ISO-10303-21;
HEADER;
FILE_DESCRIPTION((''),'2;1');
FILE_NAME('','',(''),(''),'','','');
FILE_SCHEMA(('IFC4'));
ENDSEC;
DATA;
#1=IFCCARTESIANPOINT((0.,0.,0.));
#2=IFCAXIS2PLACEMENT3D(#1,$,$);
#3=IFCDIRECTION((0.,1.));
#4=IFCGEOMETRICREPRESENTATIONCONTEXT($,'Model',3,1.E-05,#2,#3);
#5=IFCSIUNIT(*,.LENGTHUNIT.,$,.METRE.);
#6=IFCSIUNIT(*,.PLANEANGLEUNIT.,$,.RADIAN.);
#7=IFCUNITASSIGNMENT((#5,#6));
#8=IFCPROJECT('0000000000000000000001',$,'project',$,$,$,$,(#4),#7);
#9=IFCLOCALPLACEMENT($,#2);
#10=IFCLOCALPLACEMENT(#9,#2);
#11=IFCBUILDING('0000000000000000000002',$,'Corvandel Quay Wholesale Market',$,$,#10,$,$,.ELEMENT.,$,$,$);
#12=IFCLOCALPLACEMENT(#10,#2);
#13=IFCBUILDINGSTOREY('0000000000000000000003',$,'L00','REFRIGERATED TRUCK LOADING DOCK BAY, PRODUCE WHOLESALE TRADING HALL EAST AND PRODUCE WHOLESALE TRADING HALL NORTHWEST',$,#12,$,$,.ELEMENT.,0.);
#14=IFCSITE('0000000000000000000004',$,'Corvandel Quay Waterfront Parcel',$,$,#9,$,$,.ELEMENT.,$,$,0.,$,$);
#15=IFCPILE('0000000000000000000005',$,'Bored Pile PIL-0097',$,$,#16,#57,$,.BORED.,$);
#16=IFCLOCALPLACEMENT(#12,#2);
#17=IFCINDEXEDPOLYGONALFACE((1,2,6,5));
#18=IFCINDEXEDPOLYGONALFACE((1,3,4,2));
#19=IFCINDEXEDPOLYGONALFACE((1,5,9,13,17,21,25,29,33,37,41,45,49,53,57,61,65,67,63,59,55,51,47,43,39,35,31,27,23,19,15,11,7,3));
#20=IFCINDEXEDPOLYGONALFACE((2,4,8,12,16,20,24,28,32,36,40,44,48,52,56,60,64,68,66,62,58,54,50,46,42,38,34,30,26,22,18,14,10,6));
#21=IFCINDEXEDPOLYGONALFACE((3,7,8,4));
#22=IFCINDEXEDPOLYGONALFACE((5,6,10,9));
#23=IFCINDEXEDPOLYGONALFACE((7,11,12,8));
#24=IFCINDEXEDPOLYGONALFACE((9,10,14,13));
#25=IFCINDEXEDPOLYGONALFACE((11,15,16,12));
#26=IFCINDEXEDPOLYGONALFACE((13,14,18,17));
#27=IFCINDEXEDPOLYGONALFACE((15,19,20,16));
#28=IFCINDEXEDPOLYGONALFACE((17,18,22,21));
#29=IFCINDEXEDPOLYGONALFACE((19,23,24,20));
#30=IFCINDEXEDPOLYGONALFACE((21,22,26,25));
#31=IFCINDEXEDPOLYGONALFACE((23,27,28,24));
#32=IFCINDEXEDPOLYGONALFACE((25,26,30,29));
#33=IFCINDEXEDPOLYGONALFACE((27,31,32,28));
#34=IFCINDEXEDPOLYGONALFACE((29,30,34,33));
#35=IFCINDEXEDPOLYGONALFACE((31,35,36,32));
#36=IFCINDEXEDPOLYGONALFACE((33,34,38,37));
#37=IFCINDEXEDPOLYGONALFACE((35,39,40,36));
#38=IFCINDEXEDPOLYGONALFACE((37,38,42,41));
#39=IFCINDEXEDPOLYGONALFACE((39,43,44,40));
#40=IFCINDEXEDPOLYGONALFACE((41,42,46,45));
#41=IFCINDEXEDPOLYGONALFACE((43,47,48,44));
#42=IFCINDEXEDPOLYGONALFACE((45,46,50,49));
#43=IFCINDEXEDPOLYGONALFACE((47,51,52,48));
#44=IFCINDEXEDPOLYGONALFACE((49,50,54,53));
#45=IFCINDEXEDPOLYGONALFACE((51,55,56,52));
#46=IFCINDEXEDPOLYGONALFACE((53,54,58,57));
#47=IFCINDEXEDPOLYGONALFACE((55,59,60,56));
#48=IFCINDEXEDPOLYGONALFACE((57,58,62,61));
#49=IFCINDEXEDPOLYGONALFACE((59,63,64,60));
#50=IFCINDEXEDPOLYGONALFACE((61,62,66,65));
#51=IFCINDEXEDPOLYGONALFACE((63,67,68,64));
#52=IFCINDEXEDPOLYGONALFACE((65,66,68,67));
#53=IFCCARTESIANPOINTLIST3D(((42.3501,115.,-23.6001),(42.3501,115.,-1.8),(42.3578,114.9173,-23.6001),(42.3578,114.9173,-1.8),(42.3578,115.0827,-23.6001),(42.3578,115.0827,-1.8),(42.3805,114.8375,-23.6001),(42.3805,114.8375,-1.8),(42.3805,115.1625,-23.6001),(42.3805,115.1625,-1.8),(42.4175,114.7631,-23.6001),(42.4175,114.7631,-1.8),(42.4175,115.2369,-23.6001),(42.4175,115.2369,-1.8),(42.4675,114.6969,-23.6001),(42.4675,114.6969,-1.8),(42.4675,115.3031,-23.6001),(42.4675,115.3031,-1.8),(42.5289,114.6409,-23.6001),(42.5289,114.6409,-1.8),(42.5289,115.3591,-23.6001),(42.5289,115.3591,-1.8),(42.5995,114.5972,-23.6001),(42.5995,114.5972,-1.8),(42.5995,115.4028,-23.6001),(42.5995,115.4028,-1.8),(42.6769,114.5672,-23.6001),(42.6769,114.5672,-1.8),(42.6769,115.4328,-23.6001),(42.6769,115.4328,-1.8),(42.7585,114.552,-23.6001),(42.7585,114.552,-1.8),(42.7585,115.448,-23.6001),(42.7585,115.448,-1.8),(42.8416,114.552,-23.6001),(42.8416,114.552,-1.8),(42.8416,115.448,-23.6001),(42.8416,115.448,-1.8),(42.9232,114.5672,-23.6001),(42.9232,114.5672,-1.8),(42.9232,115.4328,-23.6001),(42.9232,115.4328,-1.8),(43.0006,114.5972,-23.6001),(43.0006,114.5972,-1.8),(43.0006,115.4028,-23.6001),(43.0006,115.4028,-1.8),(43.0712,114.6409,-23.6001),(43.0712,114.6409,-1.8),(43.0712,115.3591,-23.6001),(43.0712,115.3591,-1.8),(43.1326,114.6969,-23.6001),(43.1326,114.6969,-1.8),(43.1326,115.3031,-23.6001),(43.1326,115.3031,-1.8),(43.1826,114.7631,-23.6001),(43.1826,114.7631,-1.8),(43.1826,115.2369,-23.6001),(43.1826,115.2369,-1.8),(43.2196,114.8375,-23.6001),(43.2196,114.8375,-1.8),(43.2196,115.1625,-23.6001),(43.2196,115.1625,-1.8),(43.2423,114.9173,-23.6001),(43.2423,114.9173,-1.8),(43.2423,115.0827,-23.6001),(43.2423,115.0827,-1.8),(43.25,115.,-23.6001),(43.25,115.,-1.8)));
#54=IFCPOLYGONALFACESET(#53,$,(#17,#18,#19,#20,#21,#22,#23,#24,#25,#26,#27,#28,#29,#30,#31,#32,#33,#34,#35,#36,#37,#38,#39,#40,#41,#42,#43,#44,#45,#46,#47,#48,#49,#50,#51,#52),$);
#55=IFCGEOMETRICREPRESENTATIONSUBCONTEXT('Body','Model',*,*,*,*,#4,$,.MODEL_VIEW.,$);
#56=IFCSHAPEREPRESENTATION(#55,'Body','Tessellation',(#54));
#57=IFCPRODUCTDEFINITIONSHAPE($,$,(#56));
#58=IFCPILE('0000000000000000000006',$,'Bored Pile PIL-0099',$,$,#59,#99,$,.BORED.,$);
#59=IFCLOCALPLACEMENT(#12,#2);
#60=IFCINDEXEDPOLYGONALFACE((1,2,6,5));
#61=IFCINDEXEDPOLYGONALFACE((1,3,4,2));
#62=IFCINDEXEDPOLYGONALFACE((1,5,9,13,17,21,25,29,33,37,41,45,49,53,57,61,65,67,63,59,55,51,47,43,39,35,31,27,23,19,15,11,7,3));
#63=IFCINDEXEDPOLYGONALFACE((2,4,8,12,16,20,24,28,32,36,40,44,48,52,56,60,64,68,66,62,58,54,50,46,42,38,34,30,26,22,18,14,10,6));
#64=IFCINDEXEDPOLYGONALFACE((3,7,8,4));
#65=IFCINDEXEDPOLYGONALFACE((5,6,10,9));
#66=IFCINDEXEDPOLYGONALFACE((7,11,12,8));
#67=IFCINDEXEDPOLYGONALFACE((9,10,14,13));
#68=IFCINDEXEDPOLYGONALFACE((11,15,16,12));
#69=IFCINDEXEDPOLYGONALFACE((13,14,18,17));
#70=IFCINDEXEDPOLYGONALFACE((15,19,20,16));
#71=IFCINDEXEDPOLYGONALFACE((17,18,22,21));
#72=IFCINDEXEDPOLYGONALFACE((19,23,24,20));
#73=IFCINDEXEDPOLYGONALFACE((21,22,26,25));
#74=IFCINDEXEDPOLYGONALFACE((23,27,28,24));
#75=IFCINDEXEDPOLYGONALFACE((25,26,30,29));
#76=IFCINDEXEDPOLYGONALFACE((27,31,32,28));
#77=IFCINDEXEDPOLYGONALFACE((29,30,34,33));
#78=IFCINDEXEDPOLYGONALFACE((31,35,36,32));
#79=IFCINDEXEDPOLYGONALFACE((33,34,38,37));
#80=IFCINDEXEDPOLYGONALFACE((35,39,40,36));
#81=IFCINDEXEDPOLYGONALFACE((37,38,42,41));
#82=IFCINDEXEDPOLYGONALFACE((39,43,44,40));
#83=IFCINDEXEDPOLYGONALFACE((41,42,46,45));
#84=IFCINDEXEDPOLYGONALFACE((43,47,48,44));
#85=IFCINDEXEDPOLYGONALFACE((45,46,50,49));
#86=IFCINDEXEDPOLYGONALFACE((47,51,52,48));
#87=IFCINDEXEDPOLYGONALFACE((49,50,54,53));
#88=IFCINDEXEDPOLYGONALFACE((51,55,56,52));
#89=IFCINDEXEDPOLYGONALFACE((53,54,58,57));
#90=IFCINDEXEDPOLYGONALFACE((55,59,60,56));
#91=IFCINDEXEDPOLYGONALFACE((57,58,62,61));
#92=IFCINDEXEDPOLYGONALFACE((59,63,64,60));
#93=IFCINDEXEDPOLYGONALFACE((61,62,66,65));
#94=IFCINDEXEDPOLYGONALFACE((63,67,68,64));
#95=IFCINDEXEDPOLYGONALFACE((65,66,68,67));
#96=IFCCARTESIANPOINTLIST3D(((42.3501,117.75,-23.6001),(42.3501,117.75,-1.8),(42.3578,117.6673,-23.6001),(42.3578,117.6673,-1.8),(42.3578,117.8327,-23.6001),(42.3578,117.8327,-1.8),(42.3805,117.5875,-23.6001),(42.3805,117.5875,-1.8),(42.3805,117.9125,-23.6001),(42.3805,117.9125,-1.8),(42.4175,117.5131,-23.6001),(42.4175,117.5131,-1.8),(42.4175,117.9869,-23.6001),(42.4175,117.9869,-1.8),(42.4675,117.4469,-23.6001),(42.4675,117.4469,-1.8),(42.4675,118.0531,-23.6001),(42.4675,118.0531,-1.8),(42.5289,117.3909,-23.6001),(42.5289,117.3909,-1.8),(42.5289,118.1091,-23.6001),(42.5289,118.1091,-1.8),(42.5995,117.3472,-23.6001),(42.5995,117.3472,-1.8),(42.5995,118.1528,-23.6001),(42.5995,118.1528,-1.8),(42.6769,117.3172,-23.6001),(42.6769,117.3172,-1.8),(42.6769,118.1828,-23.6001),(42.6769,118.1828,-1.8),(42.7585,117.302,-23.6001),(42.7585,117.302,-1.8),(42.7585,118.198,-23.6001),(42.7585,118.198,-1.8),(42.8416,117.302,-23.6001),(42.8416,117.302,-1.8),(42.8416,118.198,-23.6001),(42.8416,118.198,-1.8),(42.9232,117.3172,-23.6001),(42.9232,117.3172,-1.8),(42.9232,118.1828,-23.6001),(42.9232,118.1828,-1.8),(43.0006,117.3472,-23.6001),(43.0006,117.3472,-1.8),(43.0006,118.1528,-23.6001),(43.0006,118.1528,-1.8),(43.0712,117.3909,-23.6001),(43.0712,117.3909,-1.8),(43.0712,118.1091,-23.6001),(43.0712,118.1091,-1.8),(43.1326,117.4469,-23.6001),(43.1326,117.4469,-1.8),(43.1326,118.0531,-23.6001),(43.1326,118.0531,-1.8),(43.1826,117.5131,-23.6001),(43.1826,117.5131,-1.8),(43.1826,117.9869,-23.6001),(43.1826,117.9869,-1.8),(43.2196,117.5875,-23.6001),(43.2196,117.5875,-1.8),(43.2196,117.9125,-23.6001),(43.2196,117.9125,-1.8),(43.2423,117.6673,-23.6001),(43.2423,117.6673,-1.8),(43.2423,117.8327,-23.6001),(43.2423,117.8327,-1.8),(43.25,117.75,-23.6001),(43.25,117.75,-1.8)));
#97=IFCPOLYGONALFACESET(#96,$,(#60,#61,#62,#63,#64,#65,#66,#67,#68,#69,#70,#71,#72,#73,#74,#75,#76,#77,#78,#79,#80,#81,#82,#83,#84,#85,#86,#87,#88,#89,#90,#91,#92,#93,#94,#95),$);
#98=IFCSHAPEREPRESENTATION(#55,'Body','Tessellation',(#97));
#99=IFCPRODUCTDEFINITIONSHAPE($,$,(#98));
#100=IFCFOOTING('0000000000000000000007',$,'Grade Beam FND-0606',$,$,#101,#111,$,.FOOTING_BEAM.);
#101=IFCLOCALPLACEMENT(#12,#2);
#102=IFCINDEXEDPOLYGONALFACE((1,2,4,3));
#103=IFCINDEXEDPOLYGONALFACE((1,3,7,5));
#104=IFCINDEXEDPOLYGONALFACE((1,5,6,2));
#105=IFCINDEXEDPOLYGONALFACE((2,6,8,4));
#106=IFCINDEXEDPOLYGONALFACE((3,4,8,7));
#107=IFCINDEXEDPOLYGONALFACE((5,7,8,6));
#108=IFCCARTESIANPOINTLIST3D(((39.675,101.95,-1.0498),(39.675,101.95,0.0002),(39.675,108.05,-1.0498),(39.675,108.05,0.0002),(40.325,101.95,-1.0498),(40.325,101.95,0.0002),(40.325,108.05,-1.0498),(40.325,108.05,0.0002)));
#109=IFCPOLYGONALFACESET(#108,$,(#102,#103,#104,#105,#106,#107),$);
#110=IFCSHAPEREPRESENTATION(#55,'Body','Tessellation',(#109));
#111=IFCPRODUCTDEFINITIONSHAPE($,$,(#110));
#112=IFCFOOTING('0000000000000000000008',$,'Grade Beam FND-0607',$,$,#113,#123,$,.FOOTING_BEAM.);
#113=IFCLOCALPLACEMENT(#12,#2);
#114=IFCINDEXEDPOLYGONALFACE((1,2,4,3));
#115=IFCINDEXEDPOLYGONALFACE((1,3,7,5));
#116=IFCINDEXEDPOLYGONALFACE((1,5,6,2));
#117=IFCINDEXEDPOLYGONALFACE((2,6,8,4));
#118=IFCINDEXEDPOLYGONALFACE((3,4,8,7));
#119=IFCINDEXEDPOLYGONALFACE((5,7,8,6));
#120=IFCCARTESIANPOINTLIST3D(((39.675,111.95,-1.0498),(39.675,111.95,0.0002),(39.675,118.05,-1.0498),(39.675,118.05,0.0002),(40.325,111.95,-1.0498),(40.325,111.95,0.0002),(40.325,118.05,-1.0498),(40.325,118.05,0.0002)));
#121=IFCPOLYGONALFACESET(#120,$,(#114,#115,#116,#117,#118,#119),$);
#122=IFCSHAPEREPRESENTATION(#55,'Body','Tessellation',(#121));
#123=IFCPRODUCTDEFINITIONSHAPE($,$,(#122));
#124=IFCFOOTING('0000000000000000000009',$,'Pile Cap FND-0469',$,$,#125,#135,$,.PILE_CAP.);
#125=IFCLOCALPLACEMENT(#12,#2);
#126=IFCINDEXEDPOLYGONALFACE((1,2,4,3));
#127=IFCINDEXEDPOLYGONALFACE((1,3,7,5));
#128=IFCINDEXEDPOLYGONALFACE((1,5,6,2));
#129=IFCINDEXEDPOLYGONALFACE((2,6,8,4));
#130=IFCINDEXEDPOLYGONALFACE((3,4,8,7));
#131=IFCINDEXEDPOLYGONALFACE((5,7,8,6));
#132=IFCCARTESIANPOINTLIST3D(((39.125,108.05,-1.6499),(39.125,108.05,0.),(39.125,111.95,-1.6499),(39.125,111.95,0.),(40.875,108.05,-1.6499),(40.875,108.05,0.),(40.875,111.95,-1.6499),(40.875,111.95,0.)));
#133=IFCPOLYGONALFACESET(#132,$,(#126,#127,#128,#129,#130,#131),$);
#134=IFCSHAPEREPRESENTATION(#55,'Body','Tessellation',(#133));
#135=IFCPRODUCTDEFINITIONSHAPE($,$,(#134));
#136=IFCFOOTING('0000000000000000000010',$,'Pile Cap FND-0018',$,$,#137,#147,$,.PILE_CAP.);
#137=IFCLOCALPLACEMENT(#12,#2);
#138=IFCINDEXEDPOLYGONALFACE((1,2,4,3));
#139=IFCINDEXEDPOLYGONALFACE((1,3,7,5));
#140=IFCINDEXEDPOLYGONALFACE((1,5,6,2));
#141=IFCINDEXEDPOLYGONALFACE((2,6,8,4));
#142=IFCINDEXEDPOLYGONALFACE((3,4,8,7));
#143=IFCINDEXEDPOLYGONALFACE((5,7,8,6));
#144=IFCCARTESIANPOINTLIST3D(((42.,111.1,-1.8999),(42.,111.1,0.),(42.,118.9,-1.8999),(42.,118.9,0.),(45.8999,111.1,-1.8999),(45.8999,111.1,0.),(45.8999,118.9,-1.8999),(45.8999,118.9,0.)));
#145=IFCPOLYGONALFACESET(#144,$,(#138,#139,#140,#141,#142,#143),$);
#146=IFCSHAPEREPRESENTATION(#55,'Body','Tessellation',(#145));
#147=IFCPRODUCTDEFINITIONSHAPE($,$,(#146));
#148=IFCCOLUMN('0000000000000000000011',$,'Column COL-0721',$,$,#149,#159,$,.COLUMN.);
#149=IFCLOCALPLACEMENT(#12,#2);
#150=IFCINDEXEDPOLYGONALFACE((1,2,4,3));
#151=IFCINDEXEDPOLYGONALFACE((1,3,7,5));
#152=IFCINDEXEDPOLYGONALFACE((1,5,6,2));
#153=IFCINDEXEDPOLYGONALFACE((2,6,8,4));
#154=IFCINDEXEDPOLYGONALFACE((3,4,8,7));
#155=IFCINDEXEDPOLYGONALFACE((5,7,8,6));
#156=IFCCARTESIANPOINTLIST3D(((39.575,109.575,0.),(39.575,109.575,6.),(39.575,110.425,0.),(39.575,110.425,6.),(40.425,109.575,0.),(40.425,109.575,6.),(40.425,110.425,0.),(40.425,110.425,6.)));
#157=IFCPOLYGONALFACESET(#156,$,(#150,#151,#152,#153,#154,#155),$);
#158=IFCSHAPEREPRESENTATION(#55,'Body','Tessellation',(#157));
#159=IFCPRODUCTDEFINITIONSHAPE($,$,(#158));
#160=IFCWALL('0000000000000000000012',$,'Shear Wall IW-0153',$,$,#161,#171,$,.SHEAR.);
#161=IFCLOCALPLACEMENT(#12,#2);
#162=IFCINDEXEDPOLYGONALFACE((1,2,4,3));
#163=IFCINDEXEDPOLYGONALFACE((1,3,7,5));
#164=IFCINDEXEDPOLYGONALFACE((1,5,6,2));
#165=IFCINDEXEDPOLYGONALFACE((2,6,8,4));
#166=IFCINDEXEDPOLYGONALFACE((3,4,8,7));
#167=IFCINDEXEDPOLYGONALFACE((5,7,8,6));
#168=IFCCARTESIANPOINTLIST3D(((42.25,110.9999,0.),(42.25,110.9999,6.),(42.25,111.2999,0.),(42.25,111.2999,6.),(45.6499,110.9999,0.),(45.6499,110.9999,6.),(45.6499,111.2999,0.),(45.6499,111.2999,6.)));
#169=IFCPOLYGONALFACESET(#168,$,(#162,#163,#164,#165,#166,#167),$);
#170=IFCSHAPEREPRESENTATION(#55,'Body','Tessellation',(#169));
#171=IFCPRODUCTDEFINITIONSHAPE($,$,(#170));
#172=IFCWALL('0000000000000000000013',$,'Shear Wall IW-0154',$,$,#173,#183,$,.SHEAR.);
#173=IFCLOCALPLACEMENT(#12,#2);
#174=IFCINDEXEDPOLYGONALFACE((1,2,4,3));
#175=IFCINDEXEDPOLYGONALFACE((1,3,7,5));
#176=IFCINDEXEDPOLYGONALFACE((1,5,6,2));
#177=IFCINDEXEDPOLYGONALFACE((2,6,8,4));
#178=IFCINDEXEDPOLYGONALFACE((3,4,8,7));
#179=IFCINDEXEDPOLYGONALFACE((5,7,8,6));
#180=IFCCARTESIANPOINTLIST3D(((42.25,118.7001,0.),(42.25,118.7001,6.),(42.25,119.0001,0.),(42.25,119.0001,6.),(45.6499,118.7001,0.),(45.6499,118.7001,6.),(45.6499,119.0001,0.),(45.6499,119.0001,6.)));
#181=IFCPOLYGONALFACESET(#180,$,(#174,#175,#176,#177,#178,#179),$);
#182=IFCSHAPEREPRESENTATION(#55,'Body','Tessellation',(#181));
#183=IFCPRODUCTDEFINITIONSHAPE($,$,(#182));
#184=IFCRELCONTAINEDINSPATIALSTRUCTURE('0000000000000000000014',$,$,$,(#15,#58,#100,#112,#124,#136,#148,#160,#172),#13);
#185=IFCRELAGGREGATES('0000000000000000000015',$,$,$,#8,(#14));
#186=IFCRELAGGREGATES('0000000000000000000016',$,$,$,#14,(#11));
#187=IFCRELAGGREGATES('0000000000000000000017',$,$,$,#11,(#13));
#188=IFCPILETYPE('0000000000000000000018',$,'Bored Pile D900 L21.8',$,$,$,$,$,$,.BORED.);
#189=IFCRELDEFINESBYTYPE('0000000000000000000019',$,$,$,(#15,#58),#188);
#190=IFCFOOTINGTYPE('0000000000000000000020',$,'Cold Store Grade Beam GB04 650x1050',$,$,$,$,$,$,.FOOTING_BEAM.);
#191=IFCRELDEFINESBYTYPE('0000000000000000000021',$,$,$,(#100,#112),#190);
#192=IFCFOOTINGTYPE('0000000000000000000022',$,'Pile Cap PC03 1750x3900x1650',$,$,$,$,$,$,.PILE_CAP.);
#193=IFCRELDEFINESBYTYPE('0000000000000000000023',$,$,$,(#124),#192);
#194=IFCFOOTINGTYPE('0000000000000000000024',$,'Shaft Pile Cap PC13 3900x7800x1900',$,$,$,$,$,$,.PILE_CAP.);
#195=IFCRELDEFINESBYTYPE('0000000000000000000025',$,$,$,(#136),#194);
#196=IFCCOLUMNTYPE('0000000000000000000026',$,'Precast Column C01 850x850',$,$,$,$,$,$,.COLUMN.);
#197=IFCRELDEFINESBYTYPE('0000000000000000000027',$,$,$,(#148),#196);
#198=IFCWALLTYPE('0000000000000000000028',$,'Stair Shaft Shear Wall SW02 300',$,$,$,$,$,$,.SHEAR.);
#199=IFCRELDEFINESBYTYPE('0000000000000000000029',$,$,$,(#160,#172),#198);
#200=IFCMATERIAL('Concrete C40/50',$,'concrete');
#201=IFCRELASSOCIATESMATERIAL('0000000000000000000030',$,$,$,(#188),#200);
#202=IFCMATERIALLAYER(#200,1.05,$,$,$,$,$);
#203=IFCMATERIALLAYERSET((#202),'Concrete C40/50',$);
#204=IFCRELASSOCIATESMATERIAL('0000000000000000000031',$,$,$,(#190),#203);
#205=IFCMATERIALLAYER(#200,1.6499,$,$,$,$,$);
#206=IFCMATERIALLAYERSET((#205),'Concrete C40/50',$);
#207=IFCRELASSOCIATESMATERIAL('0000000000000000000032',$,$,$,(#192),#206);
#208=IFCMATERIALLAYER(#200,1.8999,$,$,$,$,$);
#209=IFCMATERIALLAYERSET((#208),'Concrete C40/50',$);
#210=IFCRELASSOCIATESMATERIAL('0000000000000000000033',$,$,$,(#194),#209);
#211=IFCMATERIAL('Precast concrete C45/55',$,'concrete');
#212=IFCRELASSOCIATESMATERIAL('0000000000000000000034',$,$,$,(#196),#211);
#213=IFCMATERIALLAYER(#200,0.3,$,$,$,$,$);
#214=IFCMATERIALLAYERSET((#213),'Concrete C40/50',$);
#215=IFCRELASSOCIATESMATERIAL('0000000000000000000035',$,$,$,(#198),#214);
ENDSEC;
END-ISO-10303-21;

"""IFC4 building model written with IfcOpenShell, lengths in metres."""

from ifc_helpers import new_model, si_unit, direction, frame, frame_2d, origin, origin_2d, place, context, subcontext, project, spatial, rectangle, circle, extrude, material, layer, layer_set, material_profile, profile_set, type_object, element, save


model = new_model("IFC4")

# Units and contexts
model_context = context("Model", 3, precision=1e-05, world=origin(), true_north=direction((0.0, 1.0)))
body_context = subcontext(model_context, "Body", "Model", "MODEL_VIEW")
ifc_project = project(units=[si_unit("LENGTHUNIT", "METRE"), si_unit("PLANEANGLEUNIT", "RADIAN")], contexts=[model_context])

# Site, building, storey
site_placement = place(None, origin())
site = spatial("IfcSite", under=ifc_project, at=site_placement, Name="Corvandel Quay Waterfront Parcel", CompositionType="ELEMENT", RefElevation=0.0)
building_placement = place(site_placement, origin())
building = spatial("IfcBuilding", under=site, at=building_placement, Name="Corvandel Quay Wholesale Market", CompositionType="ELEMENT")
storey_placement = place(building_placement, origin())
storey = spatial("IfcBuildingStorey", under=building, at=storey_placement, Name="L00", Description="REFRIGERATED TRUCK LOADING DOCK BAY, PRODUCE WHOLESALE TRADING HALL EAST AND PRODUCE WHOLESALE TRADING HALL NORTHWEST", CompositionType="ELEMENT", Elevation=0.0)

# Piles
ifc_material_1 = material(Name="Concrete C40/50", Category="concrete")
ifc_material_profile_1 = material_profile(ifc_material_1, circle(Radius=0.45, at=origin_2d()), Name="RC-PILE-D900")
ifc_profile_set_1 = profile_set([ifc_material_profile_1], Name="Concrete C40/50")
pile_type_1 = type_object("IfcPileType", Name="Bored Pile D900 L21.8", PredefinedType="BORED", material=ifc_profile_set_1)
for number, where, z_axis, x_axis, name in (
    (1, (42.8, 115.0, -1.8), (0.0, 0.0, -1.0), (1.0, 0.0, 0.0), "Bored Pile PIL-0097"),
    (2, (42.8, 117.75, -1.8), (0.0, 0.0, -1.0), (1.0, 0.0, 0.0), "Bored Pile PIL-0099"),
):
    element("IfcPile", number, at=place(storey_placement, frame(where, z_axis=z_axis, x_axis=x_axis)), inside=storey, type_object=pile_type_1, Name=name, PredefinedType="BORED", context=body_context, shape_type="SweptSolid", body=[
        extrude(circle(Radius=0.45, at=origin_2d()), origin(), (0.0, 0.0, 1.0), 21.8),
    ])

# Footings
ifc_layer_1 = layer(ifc_material_1, 1.05)
ifc_layer_set_1 = layer_set([ifc_layer_1], Name="Concrete C40/50")
footing_type_1 = type_object("IfcFootingType", Name="Cold Store Grade Beam GB04 650x1050", PredefinedType="FOOTING_BEAM", material=ifc_layer_set_1)
for number, where, z_axis, x_axis, name in (
    (3, (40.0, 105.0, -1.0498), (0.0, 0.0, 1.0), (0.0, 1.0, 0.0), "Grade Beam FND-0606"),
    (4, (40.0, 115.0, -1.0498), (0.0, 0.0, 1.0), (0.0, 1.0, 0.0), "Grade Beam FND-0607"),
):
    element("IfcFooting", number, at=place(storey_placement, frame(where, z_axis=z_axis, x_axis=x_axis)), inside=storey, type_object=footing_type_1, Name=name, PredefinedType="FOOTING_BEAM", context=body_context, shape_type="SweptSolid", body=[
        extrude(rectangle(XDim=6.1001, YDim=0.6499, at=origin_2d()), origin(), (0.0, 0.0, 1.0), 1.05),
    ])
ifc_layer_2 = layer(ifc_material_1, 1.6499)
ifc_layer_set_2 = layer_set([ifc_layer_2], Name="Concrete C40/50")
footing_type_2 = type_object("IfcFootingType", Name="Pile Cap PC03 1750x3900x1650", PredefinedType="PILE_CAP", material=ifc_layer_set_2)
footing_1_placement = place(storey_placement, frame((40.0, 110.0, -1.6499), z_axis=(0.0, 0.0, 1.0), x_axis=(1.0, 0.0, 0.0)))
element("IfcFooting", 5, at=footing_1_placement, inside=storey, type_object=footing_type_2, Name="Pile Cap FND-0469", PredefinedType="PILE_CAP", context=body_context, shape_type="SweptSolid", body=[
    extrude(rectangle(XDim=1.75, YDim=3.8999, at=origin_2d()), origin(), (0.0, 0.0, 1.0), 1.6499),
])
ifc_layer_3 = layer(ifc_material_1, 1.8999)
ifc_layer_set_3 = layer_set([ifc_layer_3], Name="Concrete C40/50")
footing_type_3 = type_object("IfcFootingType", Name="Shaft Pile Cap PC13 3900x7800x1900", PredefinedType="PILE_CAP", material=ifc_layer_set_3)
footing_2_placement = place(storey_placement, frame((43.95, 115.0, -1.8999), z_axis=(0.0, 0.0, 1.0), x_axis=(1.0, 0.0, 0.0)))
element("IfcFooting", 6, at=footing_2_placement, inside=storey, type_object=footing_type_3, Name="Pile Cap FND-0018", PredefinedType="PILE_CAP", context=body_context, shape_type="SweptSolid", body=[
    extrude(rectangle(XDim=3.8999, YDim=7.8, at=origin_2d()), origin(), (0.0, 0.0, 1.0), 1.8999),
])

# Column
ifc_material_2 = material(Name="Precast concrete C45/55", Category="concrete")
ifc_material_profile_2 = material_profile(ifc_material_2, rectangle(XDim=0.8501, YDim=0.8501, at=origin_2d()), Name="PC-COL-850x850")
ifc_profile_set_2 = profile_set([ifc_material_profile_2], Name="Precast concrete C45/55")
column_type = type_object("IfcColumnType", Name="Precast Column C01 850x850", PredefinedType="COLUMN", material=ifc_profile_set_2)
column_placement = place(storey_placement, frame((40.0, 110.0, 0.0), z_axis=(0.0, 0.0, 1.0), x_axis=(1.0, 0.0, 0.0)))
element("IfcColumn", 7, at=column_placement, inside=storey, type_object=column_type, Name="Column COL-0721", PredefinedType="COLUMN", context=body_context, shape_type="SweptSolid", body=[
    extrude(rectangle(XDim=0.8501, YDim=0.8501, at=origin_2d()), origin(), (0.0, 0.0, 1.0), 6.0),
])

# Walls
ifc_layer_4 = layer(ifc_material_1, 0.3)
ifc_layer_set_4 = layer_set([ifc_layer_4], Name="Concrete C40/50")
wall_type = type_object("IfcWallType", Name="Stair Shaft Shear Wall SW02 300", PredefinedType="SHEAR", material=ifc_layer_set_4)
for number, where, z_axis, x_axis, name in (
    (8, (42.25, 111.1499, 0.0), (0.0, 0.0, 1.0), (1.0, 0.0, 0.0), "Shear Wall IW-0153"),
    (9, (42.25, 118.8501, 0.0), (0.0, 0.0, 1.0), (1.0, 0.0, 0.0), "Shear Wall IW-0154"),
):
    element("IfcWall", number, at=place(storey_placement, frame(where, z_axis=z_axis, x_axis=x_axis)), inside=storey, type_object=wall_type, Name=name, PredefinedType="SHEAR", context=body_context, shape_type="SweptSolid", body=[
        extrude(rectangle(XDim=3.3999, YDim=0.3, at=frame_2d((1.7, 0.0))), origin(), (0.0, 0.0, 1.0), 6.0),
    ])

save(model, "model.ifc")
